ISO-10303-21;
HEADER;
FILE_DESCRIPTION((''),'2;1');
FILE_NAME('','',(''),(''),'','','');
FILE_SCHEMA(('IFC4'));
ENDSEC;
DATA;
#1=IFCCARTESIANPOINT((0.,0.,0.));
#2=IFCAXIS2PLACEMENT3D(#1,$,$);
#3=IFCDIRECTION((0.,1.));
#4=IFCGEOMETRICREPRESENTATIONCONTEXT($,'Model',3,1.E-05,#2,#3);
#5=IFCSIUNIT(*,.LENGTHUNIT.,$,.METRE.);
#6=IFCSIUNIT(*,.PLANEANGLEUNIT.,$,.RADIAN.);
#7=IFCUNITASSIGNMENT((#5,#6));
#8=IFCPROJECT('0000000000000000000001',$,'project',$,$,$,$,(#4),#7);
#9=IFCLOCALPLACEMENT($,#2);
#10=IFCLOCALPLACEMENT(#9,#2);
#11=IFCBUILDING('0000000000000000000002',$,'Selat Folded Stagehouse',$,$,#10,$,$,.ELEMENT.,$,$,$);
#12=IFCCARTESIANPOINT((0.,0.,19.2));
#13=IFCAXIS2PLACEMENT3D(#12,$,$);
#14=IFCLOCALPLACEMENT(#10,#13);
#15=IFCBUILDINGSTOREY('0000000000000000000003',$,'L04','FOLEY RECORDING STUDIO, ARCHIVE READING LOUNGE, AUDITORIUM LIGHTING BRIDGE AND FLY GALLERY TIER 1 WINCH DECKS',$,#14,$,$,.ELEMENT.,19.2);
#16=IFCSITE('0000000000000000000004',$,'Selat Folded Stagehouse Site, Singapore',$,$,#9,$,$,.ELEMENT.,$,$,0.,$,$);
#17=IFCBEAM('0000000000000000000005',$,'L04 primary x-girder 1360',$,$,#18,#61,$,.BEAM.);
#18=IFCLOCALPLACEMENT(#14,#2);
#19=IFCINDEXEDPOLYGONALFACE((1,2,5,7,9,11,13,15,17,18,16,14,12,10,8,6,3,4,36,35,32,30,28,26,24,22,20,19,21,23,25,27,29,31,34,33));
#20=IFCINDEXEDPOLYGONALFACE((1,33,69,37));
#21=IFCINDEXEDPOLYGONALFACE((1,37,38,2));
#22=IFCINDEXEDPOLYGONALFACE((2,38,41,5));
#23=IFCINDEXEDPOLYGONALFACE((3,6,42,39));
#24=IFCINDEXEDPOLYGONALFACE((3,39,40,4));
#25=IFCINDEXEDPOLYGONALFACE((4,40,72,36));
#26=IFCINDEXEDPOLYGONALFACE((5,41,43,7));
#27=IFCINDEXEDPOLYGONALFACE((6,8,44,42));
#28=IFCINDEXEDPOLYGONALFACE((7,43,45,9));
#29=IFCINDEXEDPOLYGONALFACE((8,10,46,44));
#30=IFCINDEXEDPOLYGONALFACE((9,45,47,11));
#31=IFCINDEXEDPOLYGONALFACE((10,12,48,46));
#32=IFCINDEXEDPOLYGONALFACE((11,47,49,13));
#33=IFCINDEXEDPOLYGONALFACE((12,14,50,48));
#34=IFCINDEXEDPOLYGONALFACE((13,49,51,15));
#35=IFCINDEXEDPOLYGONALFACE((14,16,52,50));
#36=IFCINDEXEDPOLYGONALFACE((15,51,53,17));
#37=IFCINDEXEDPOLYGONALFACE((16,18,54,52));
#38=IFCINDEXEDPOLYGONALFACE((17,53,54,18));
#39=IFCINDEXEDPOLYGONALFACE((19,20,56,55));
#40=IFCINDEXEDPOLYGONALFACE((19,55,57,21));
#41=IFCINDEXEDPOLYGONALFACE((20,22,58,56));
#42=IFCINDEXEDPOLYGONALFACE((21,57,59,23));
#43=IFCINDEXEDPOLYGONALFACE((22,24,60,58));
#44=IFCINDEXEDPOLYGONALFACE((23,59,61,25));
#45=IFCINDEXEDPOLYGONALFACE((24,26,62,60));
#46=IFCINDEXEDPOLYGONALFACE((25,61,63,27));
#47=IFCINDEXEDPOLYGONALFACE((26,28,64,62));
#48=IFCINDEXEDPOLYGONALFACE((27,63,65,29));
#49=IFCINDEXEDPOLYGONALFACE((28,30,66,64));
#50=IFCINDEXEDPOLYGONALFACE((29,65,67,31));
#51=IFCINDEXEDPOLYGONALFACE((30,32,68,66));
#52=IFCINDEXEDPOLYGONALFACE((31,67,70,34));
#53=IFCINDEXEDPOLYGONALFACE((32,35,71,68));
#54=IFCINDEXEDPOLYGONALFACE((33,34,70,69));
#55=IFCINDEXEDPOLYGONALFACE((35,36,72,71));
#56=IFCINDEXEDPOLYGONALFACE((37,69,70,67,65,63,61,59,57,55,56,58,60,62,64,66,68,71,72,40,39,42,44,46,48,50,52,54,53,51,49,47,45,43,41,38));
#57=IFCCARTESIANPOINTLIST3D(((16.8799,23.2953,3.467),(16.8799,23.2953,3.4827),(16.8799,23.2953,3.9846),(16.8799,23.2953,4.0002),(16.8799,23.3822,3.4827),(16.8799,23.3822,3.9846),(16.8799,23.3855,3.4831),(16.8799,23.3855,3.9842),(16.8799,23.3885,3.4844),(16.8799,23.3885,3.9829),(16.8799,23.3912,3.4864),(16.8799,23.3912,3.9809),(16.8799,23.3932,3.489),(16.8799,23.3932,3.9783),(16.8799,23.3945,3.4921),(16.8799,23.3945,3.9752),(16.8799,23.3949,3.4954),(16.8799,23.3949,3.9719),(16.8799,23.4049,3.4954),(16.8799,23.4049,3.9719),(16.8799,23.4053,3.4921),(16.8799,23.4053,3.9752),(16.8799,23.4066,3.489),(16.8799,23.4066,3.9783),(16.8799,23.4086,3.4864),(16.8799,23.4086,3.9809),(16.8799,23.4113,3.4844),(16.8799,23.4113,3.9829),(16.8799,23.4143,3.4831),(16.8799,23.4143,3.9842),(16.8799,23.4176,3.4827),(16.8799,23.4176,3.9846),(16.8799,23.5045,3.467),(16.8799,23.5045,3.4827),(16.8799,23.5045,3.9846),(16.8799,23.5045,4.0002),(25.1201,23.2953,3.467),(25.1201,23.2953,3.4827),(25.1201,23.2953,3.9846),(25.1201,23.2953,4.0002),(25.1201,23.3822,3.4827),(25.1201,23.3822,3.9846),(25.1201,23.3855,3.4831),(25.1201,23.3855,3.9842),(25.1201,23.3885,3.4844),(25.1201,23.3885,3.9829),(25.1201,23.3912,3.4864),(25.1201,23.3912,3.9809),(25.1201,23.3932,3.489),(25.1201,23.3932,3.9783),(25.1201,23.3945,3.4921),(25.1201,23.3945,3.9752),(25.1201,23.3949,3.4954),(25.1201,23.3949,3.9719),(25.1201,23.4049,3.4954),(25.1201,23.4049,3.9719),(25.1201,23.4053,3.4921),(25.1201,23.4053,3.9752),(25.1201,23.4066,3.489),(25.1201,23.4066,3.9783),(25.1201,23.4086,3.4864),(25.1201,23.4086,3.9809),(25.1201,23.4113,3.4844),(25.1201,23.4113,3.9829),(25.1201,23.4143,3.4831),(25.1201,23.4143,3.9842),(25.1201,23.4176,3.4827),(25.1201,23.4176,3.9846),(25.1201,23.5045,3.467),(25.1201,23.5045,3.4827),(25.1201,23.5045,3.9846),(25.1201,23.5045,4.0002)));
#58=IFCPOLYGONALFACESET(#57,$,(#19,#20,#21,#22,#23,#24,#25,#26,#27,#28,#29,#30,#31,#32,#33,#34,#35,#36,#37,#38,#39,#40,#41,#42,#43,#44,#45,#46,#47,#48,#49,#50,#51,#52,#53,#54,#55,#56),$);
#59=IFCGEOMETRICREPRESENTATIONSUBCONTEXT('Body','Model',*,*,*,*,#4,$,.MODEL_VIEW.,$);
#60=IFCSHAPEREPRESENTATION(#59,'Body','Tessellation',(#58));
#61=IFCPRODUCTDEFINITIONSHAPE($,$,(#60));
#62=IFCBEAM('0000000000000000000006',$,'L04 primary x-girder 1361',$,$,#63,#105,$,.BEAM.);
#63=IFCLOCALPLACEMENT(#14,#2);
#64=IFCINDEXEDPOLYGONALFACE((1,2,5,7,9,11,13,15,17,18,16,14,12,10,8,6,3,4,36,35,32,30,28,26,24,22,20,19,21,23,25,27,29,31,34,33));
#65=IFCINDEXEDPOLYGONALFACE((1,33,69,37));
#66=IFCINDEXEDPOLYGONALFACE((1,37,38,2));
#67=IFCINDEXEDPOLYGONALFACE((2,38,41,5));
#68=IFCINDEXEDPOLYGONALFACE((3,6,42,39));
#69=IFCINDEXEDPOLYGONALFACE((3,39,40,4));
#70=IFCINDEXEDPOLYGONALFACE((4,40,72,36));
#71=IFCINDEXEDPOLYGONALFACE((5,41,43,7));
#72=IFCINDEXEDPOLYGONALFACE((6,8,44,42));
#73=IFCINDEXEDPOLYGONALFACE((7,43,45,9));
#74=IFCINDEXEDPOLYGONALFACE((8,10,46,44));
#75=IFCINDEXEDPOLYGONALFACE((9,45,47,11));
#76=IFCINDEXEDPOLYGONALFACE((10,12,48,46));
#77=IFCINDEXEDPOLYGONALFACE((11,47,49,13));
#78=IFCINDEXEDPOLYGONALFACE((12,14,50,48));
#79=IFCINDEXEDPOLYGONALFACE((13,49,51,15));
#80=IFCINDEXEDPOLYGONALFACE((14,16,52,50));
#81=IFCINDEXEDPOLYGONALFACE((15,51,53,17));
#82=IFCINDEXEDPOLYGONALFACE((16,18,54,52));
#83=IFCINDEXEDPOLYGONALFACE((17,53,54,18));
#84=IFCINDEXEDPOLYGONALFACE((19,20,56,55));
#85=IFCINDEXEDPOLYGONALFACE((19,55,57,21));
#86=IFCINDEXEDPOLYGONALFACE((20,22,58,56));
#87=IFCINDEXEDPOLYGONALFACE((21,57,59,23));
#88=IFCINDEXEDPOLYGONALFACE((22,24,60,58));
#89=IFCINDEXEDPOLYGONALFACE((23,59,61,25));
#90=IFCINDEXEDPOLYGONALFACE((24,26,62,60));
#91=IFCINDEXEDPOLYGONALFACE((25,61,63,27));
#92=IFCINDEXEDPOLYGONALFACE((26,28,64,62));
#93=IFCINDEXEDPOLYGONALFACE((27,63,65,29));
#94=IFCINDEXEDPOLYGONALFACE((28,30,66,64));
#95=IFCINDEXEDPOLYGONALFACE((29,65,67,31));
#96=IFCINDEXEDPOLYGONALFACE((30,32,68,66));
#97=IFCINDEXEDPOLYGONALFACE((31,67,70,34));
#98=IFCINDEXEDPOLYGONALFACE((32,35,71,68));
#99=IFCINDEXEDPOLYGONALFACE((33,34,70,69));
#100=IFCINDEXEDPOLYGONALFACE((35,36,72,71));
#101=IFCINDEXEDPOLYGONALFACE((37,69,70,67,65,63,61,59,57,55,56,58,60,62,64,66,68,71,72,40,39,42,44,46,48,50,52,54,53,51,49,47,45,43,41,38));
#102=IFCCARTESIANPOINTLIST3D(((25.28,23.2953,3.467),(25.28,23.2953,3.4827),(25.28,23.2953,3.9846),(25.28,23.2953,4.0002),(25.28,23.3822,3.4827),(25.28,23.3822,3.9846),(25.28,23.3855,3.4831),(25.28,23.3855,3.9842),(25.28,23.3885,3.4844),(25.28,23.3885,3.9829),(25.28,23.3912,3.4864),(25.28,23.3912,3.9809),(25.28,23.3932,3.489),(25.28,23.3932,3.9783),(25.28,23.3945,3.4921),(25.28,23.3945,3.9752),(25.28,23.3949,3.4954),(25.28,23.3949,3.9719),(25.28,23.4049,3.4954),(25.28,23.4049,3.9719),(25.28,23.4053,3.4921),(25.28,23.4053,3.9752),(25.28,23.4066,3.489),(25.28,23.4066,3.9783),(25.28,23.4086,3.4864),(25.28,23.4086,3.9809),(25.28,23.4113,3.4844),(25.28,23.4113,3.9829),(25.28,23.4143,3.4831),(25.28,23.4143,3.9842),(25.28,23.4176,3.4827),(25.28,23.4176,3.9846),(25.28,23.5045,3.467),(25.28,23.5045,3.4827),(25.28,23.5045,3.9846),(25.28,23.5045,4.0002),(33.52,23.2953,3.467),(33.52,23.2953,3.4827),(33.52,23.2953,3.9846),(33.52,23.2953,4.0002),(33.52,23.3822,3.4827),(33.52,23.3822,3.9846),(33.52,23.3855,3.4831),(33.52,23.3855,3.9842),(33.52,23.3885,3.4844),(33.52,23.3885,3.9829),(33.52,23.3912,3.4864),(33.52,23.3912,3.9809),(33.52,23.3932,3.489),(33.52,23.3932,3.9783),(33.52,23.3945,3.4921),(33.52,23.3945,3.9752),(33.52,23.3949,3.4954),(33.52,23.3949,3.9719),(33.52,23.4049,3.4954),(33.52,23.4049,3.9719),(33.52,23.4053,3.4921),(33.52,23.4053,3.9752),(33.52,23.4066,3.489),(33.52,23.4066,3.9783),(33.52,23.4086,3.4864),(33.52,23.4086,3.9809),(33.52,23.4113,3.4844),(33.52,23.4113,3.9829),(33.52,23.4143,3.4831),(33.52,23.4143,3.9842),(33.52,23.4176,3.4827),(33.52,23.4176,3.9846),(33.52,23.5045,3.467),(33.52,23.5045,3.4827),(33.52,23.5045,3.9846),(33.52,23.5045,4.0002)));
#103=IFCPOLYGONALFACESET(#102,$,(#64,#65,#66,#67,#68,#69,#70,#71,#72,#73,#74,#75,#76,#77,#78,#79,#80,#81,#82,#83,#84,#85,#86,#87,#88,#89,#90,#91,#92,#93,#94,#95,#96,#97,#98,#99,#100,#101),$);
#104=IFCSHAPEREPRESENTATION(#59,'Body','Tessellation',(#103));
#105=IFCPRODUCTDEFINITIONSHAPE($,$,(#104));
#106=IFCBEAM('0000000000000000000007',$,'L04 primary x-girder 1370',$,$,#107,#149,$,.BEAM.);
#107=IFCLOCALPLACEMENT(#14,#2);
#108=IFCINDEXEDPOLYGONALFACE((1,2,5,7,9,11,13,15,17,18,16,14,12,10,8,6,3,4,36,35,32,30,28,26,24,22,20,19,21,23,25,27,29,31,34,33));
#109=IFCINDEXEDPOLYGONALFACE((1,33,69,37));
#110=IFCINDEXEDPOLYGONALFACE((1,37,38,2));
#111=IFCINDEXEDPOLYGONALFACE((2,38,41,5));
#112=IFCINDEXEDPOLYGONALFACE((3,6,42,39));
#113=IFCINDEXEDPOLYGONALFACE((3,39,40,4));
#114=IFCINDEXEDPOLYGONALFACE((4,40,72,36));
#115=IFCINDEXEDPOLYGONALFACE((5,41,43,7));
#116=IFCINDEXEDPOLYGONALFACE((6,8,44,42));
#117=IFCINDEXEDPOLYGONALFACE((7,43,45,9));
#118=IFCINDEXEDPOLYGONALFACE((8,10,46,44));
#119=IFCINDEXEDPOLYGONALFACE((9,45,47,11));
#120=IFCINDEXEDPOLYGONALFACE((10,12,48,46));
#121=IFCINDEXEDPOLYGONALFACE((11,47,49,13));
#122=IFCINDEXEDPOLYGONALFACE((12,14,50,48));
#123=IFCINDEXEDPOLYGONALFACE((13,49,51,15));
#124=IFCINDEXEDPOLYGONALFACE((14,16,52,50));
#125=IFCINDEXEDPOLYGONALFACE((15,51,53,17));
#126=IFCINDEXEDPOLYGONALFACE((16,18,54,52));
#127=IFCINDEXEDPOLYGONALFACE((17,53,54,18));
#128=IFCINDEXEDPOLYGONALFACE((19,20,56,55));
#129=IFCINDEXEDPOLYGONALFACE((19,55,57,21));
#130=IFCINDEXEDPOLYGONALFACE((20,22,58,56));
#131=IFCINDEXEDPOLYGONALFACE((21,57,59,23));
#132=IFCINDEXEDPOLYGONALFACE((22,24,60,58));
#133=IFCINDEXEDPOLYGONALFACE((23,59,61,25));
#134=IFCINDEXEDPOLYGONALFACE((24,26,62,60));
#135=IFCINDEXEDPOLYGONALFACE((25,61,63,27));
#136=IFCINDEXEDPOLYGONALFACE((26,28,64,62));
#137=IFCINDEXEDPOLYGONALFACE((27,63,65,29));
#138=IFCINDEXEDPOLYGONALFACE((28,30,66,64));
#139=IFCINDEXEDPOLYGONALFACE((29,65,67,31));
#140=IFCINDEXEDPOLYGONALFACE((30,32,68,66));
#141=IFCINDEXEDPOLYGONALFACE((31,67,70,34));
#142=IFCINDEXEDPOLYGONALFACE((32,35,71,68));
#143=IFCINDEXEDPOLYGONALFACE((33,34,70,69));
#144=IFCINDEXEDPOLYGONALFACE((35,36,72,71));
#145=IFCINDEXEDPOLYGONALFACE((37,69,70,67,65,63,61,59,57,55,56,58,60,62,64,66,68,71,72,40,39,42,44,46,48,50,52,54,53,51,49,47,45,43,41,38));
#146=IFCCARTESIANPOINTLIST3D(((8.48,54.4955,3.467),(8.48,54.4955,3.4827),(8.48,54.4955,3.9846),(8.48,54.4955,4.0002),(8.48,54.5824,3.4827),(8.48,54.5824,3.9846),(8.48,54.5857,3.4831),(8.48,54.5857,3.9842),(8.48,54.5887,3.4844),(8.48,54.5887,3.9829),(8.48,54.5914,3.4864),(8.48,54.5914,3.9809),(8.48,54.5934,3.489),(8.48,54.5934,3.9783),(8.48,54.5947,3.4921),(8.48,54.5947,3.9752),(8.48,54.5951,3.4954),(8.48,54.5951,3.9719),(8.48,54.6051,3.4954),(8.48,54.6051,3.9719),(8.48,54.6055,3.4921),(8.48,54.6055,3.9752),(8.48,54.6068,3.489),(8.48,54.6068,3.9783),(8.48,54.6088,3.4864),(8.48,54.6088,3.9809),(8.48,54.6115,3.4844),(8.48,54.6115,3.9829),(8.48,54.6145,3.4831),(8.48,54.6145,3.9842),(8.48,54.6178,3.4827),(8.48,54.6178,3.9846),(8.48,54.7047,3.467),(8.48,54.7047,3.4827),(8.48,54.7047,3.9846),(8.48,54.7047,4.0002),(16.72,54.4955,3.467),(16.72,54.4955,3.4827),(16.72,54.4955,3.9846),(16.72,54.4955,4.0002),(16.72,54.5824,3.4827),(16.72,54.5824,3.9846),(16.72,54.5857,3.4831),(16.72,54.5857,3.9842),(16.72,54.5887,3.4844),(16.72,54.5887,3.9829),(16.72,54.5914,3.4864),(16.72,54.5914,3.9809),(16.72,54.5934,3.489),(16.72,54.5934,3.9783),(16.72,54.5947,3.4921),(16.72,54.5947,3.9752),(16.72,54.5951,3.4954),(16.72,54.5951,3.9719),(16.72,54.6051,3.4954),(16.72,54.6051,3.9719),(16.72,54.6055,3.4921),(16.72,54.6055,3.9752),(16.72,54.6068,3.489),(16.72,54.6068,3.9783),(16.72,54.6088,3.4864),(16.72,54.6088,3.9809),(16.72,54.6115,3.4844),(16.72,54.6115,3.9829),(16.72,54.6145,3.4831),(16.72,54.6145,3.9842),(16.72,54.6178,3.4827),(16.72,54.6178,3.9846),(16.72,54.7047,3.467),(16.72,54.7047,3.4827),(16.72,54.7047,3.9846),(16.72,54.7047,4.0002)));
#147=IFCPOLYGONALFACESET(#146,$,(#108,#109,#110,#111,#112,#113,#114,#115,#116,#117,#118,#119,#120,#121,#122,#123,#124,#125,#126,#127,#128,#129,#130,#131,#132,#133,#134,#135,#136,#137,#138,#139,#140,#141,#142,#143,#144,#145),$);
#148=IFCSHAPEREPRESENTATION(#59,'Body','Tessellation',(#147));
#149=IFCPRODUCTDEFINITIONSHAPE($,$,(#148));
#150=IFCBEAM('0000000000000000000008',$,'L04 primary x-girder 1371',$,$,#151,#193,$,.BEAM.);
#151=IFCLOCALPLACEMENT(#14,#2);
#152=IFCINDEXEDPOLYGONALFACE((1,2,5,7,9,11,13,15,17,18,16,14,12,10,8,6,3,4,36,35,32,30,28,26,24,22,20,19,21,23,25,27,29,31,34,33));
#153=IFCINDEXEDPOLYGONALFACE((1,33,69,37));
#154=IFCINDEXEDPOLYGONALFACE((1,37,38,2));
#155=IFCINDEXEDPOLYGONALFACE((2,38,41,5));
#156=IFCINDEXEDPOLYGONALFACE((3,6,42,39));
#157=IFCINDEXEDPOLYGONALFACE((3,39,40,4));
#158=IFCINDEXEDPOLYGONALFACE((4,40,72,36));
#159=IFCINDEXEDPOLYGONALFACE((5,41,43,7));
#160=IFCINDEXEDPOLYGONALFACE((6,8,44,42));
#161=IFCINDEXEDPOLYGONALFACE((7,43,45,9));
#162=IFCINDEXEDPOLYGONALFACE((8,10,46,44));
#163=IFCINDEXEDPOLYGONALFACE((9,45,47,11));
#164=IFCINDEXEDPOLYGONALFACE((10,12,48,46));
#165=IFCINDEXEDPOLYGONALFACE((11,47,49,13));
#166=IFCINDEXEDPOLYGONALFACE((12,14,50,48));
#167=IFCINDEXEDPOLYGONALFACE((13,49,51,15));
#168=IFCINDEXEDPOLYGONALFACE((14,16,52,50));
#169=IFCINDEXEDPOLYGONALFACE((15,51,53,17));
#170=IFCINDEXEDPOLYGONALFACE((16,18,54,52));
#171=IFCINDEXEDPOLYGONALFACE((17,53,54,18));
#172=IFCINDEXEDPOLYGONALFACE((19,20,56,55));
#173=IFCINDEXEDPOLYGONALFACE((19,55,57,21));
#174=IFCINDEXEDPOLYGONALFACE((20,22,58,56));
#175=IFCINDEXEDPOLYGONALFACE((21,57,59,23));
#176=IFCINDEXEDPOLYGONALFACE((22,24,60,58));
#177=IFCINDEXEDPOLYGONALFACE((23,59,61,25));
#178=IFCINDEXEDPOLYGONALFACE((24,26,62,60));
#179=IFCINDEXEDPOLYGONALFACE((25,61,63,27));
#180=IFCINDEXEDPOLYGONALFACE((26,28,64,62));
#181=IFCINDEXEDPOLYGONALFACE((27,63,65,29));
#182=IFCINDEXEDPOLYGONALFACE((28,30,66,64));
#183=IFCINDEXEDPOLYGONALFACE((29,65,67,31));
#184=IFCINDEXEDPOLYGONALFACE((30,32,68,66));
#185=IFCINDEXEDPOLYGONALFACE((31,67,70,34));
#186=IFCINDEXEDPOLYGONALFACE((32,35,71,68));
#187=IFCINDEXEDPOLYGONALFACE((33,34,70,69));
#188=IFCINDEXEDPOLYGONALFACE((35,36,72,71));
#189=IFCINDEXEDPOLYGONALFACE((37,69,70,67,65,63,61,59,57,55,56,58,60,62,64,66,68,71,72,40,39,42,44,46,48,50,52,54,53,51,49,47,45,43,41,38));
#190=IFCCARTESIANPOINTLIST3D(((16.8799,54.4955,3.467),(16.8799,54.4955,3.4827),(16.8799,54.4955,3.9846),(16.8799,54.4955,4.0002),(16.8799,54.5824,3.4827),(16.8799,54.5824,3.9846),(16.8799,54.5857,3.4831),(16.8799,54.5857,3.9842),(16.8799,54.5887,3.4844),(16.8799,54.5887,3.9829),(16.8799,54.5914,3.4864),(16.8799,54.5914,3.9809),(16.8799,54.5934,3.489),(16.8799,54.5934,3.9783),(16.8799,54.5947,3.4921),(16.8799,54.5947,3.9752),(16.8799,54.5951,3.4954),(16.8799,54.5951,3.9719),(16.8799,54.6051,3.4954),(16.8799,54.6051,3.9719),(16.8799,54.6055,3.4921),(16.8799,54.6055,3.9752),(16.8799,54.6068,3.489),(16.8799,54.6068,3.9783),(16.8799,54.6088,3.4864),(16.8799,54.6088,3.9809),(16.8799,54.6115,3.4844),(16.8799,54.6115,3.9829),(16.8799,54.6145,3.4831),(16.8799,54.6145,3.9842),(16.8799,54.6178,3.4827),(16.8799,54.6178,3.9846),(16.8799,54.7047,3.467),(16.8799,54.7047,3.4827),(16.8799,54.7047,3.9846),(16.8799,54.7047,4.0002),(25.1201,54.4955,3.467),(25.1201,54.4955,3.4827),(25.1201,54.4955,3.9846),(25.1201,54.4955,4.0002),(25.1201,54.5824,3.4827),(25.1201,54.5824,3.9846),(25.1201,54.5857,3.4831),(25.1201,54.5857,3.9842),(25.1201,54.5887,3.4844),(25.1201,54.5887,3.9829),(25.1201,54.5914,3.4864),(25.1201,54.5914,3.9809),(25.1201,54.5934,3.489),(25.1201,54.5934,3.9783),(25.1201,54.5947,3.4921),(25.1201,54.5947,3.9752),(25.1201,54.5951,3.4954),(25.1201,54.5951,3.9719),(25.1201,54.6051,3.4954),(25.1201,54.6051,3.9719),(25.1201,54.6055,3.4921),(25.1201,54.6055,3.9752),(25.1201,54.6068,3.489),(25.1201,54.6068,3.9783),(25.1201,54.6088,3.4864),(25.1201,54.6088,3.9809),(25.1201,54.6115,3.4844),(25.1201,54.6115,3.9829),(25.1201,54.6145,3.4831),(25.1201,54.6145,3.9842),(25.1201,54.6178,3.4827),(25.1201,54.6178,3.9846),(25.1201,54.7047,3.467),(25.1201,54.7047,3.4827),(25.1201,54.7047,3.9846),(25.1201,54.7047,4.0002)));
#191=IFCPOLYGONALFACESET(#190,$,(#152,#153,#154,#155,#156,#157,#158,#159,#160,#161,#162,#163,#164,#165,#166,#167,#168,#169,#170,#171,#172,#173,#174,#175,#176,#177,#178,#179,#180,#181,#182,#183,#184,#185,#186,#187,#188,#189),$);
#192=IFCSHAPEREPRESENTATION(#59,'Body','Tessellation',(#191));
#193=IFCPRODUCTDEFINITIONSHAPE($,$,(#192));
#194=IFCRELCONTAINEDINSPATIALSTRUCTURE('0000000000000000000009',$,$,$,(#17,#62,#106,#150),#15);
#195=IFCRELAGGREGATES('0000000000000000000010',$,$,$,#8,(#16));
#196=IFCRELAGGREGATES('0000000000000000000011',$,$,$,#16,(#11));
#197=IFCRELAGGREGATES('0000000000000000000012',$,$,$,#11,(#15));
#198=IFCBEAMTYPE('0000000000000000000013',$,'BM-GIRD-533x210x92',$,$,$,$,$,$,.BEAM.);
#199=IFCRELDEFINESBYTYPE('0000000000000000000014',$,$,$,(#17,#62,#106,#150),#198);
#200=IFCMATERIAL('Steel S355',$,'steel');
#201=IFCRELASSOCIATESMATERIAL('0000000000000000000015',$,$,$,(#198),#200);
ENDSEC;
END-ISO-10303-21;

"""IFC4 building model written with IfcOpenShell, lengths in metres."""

from ifc_helpers import new_model, si_unit, direction, frame, origin, origin_2d, place, context, subcontext, project, spatial, i_section, extrude, material, material_profile, profile_set, type_object, element, save


model = new_model("IFC4")

# Units and contexts
model_context = context("Model", 3, precision=1e-05, world=origin(), true_north=direction((0.0, 1.0)))
body_context = subcontext(model_context, "Body", "Model", "MODEL_VIEW")
ifc_project = project(units=[si_unit("LENGTHUNIT", "METRE"), si_unit("PLANEANGLEUNIT", "RADIAN")], contexts=[model_context])

# Site, building, storey
site_placement = place(None, origin())
site = spatial("IfcSite", under=ifc_project, at=site_placement, Name="Selat Folded Stagehouse Site, Singapore", CompositionType="ELEMENT", RefElevation=0.0)
building_placement = place(site_placement, origin())
building = spatial("IfcBuilding", under=site, at=building_placement, Name="Selat Folded Stagehouse", CompositionType="ELEMENT")
storey_placement = place(building_placement, frame((0.0, 0.0, 19.2)))
storey = spatial("IfcBuildingStorey", under=building, at=storey_placement, Name="L04", Description="FOLEY RECORDING STUDIO, ARCHIVE READING LOUNGE, AUDITORIUM LIGHTING BRIDGE AND FLY GALLERY TIER 1 WINCH DECKS", CompositionType="ELEMENT", Elevation=19.2)

# Shared definitions
ifc_material_1 = material(Name="Steel S355", Category="steel")

# Beams
ifc_material_profile_1 = material_profile(ifc_material_1, i_section(OverallWidth=0.2092, OverallDepth=0.5332, WebThickness=0.01, FlangeThickness=0.0156, FilletRadius=0.0127, at=origin_2d()), Name="UKB 533x210x92")
ifc_profile_set_1 = profile_set([ifc_material_profile_1], Name="Steel S355")
beam_type = type_object("IfcBeamType", Name="BM-GIRD-533x210x92", PredefinedType="BEAM", material=ifc_profile_set_1)
beam_1_placement = place(storey_placement, frame((16.8799, 23.3999, 3.7336), z_axis=(1.0, 0.0, 0.0), x_axis=(0.0, 1.0, 0.0)))
element("IfcBeam", 1, at=beam_1_placement, inside=storey, type_object=beam_type, Name="L04 primary x-girder 1360", PredefinedType="BEAM", context=body_context, shape_type="SweptSolid", body=[
    extrude(i_section(OverallWidth=0.2092, OverallDepth=0.5332, WebThickness=0.01, FlangeThickness=0.0156, FilletRadius=0.0127, at=origin_2d()), origin(), (0.0, 0.0, 1.0), 8.2402),
])
for number, where, z_axis, x_axis, name in (
    (2, (25.28, 23.3999, 3.7336), (1.0, 0.0, 0.0), (0.0, 1.0, 0.0), "L04 primary x-girder 1361"),
    (3, (8.48, 54.6001, 3.7336), (1.0, 0.0, 0.0), (0.0, 1.0, 0.0), "L04 primary x-girder 1370"),
):
    element("IfcBeam", number, at=place(storey_placement, frame(where, z_axis=z_axis, x_axis=x_axis)), inside=storey, type_object=beam_type, Name=name, PredefinedType="BEAM", context=body_context, shape_type="SweptSolid", body=[
        extrude(i_section(OverallWidth=0.2092, OverallDepth=0.5332, WebThickness=0.01, FlangeThickness=0.0156, FilletRadius=0.0127, at=origin_2d()), origin(), (0.0, 0.0, 1.0), 8.24),
    ])
beam_2_placement = place(storey_placement, frame((16.8799, 54.6001, 3.7336), z_axis=(1.0, 0.0, 0.0), x_axis=(0.0, 1.0, 0.0)))
element("IfcBeam", 4, at=beam_2_placement, inside=storey, type_object=beam_type, Name="L04 primary x-girder 1371", PredefinedType="BEAM", context=body_context, shape_type="SweptSolid", body=[
    extrude(i_section(OverallWidth=0.2092, OverallDepth=0.5332, WebThickness=0.01, FlangeThickness=0.0156, FilletRadius=0.0127, at=origin_2d()), origin(), (0.0, 0.0, 1.0), 8.2402),
])

save(model, "model.ifc")
